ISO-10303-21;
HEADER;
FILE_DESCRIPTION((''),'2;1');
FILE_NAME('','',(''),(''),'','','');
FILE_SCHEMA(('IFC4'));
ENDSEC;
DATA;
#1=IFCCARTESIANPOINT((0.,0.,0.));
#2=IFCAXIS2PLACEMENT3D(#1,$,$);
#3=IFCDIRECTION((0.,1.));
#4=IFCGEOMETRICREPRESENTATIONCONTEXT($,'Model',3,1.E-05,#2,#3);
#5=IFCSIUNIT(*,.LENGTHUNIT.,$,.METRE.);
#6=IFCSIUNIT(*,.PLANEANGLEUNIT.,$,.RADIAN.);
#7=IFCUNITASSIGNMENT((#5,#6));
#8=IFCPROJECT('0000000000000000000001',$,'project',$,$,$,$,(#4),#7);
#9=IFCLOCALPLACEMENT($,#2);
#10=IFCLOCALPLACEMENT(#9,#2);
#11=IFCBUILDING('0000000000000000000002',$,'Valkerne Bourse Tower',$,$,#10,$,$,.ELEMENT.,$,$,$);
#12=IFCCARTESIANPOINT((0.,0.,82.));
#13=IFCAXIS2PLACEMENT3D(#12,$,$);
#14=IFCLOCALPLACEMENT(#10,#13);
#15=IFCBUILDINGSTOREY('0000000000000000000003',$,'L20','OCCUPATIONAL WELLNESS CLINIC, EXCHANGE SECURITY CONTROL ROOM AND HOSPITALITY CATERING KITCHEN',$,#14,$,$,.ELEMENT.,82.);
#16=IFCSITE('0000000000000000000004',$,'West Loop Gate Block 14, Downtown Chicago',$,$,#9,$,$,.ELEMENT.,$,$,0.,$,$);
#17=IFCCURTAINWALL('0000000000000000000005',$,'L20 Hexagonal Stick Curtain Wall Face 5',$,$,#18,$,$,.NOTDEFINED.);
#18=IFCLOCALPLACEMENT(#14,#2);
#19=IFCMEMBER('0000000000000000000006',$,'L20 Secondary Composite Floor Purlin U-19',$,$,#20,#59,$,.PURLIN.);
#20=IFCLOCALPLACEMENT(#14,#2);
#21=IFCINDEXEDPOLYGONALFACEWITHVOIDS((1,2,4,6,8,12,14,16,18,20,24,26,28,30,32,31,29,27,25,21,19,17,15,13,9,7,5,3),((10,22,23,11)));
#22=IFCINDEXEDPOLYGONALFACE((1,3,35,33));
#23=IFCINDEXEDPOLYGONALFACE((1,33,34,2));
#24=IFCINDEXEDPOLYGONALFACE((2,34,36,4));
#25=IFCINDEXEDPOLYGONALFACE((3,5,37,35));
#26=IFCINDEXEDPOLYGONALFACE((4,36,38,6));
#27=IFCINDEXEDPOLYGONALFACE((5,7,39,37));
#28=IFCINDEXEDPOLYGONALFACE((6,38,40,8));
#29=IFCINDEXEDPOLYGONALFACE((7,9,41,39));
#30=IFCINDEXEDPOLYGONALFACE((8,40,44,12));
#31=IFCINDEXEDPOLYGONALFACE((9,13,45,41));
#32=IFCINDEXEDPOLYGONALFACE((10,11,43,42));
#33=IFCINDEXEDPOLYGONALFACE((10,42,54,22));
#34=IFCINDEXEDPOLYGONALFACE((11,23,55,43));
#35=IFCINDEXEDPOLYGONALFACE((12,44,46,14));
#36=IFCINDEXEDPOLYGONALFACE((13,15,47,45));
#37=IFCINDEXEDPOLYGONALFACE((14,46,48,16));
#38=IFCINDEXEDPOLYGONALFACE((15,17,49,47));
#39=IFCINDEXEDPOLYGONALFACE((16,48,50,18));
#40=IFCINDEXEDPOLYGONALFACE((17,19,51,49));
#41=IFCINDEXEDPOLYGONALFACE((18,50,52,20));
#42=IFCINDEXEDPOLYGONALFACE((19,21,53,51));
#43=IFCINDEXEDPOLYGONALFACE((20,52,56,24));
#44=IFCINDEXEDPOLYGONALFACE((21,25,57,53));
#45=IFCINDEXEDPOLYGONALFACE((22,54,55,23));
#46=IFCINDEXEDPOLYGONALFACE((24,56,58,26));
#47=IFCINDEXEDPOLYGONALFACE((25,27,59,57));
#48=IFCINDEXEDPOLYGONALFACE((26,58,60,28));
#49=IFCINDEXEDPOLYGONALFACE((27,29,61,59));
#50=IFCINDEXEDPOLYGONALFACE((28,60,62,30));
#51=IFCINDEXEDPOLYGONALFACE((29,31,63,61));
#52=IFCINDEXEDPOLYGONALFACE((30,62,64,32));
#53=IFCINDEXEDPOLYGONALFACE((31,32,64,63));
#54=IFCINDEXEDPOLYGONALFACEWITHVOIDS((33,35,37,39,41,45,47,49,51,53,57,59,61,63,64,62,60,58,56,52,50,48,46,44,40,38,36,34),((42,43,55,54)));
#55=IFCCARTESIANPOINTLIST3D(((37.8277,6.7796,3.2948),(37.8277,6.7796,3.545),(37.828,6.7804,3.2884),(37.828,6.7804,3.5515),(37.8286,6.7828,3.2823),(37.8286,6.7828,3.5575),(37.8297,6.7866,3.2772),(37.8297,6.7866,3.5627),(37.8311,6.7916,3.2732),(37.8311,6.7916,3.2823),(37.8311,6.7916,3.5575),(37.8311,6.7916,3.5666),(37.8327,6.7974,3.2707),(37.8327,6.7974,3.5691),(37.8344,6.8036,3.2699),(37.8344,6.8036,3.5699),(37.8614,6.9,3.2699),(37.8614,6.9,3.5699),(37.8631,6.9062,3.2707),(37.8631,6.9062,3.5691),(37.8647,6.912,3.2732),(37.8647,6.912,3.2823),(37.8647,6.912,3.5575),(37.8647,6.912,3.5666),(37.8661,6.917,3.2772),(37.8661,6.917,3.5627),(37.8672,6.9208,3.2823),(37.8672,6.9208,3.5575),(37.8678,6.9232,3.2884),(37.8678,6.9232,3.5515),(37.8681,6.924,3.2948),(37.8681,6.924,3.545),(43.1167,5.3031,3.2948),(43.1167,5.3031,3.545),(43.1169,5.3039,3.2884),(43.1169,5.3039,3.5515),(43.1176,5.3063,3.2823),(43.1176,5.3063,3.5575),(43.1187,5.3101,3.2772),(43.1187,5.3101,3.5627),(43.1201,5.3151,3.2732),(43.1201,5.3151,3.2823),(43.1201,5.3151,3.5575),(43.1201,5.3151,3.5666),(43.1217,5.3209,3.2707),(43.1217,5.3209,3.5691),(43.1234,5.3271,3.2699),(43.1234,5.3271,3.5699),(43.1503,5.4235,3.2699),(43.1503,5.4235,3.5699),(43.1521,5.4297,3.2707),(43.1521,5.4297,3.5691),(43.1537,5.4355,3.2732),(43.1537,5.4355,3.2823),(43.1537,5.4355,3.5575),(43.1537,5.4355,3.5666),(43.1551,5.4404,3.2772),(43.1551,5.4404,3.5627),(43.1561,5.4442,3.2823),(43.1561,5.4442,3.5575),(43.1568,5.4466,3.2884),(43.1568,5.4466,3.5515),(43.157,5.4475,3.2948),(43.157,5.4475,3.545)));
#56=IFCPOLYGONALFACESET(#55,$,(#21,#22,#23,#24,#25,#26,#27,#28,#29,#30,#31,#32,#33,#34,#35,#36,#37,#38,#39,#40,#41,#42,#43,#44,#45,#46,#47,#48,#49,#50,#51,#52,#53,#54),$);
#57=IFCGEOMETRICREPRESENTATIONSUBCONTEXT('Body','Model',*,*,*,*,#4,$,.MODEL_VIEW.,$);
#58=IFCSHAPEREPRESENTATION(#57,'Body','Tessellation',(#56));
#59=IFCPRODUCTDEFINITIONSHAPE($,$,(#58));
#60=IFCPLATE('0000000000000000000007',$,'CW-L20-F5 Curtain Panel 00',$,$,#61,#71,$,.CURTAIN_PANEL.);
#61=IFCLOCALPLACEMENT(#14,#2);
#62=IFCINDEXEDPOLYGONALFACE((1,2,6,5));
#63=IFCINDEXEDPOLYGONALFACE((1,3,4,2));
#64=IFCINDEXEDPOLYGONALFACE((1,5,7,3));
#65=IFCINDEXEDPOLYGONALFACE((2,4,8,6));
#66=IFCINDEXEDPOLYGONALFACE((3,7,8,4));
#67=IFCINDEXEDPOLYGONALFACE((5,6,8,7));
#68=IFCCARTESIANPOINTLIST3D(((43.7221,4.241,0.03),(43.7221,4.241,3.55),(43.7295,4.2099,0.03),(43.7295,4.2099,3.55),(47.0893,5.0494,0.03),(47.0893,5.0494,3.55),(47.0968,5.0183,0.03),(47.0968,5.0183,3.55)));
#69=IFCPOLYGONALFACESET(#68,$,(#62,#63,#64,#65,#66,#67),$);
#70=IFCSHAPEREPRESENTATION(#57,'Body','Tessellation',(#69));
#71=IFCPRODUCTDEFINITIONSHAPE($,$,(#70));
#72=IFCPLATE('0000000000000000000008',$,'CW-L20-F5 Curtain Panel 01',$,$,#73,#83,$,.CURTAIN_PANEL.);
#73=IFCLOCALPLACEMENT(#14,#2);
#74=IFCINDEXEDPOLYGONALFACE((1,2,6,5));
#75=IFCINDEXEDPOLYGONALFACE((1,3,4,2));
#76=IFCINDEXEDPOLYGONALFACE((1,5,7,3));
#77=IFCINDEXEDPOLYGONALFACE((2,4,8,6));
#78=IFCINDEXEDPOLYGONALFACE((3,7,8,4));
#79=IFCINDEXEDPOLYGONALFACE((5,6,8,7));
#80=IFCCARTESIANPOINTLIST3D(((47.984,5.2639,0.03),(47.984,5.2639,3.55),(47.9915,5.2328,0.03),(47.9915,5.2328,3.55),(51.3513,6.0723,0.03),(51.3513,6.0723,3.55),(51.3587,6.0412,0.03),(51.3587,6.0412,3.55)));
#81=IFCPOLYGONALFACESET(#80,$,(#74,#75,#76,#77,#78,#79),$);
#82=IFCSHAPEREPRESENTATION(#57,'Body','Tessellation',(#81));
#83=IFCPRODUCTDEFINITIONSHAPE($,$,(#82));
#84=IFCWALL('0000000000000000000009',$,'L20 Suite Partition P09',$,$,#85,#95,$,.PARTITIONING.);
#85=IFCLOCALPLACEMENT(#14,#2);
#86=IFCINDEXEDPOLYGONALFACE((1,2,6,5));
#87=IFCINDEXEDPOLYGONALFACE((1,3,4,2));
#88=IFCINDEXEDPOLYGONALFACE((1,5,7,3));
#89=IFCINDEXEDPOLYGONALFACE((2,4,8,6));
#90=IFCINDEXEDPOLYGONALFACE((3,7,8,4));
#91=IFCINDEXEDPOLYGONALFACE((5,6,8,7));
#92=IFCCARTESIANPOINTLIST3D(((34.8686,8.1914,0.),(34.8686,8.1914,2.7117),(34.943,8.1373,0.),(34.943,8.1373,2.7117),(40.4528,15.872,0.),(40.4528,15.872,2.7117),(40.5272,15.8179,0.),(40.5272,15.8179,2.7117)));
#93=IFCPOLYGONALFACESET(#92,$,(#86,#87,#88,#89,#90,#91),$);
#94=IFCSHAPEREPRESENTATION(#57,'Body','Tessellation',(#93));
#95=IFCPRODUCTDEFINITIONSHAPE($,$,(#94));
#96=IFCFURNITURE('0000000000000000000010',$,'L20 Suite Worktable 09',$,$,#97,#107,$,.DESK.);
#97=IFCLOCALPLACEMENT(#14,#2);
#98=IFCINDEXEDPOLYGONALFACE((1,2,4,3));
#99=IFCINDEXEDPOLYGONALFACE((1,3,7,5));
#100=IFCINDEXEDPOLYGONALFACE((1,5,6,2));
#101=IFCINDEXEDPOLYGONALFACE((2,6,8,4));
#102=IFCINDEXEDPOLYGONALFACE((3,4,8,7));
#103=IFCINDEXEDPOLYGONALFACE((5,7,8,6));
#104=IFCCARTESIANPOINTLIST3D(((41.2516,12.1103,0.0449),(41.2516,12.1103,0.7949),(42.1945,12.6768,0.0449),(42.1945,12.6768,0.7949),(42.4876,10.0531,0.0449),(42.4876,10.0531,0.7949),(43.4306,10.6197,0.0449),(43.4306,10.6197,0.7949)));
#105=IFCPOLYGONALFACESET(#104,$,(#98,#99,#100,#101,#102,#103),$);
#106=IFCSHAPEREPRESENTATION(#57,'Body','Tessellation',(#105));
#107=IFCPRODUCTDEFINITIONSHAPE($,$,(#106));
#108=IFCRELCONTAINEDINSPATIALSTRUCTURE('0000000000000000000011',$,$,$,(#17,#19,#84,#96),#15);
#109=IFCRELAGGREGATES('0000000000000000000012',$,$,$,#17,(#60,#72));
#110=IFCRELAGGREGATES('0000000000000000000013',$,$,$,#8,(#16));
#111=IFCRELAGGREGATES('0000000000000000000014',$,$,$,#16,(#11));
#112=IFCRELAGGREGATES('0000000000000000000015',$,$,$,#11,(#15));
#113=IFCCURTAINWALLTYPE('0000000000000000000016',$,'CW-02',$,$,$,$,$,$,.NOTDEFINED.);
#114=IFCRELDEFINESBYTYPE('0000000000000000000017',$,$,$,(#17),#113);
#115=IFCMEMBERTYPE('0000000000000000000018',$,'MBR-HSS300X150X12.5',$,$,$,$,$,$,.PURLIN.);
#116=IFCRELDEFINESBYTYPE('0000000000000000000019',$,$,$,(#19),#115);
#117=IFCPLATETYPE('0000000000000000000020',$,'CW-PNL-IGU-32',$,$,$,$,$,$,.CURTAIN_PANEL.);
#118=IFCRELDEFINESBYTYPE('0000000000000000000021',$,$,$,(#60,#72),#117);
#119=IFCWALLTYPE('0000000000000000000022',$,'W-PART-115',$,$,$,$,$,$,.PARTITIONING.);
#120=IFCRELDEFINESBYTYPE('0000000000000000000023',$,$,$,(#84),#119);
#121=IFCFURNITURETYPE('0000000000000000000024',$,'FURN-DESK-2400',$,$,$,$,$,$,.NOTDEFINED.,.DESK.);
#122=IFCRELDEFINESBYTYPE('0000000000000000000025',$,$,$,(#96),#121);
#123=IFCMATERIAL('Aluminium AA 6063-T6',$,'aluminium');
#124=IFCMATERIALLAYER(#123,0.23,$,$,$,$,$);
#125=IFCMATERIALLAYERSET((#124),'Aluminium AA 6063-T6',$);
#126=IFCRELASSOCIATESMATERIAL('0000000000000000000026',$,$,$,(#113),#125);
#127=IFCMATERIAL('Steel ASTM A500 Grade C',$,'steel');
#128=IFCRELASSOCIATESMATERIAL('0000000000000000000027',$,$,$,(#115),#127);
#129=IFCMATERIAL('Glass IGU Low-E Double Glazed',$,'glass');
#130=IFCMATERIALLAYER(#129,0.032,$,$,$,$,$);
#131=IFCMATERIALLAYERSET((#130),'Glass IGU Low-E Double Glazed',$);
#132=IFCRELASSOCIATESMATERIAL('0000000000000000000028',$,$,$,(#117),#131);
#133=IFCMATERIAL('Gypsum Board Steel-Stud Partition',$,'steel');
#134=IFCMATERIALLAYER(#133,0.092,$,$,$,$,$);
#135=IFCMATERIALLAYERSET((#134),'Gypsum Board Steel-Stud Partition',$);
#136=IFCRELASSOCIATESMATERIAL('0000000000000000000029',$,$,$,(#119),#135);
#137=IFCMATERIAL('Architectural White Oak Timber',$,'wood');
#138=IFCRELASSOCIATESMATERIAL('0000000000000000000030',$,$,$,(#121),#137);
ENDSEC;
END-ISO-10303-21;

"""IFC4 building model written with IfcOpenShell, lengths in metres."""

from ifc_helpers import new_model, si_unit, direction, frame, frame_2d, origin, origin_2d, place, context, subcontext, project, spatial, rectangle, hollow_rectangle, extrude, material, layer, layer_set, material_profile, profile_set, type_object, element, aggregate, save


model = new_model("IFC4")

# Units and contexts
model_context = context("Model", 3, precision=1e-05, world=origin(), true_north=direction((0.0, 1.0)))
body_context = subcontext(model_context, "Body", "Model", "MODEL_VIEW")
ifc_project = project(units=[si_unit("LENGTHUNIT", "METRE"), si_unit("PLANEANGLEUNIT", "RADIAN")], contexts=[model_context])

# Site, building, storey
site_placement = place(None, origin())
site = spatial("IfcSite", under=ifc_project, at=site_placement, Name="West Loop Gate Block 14, Downtown Chicago", CompositionType="ELEMENT", RefElevation=0.0)
building_placement = place(site_placement, origin())
building = spatial("IfcBuilding", under=site, at=building_placement, Name="Valkerne Bourse Tower", CompositionType="ELEMENT")
storey_placement = place(building_placement, frame((0.0, 0.0, 82.0)))
storey = spatial("IfcBuildingStorey", under=building, at=storey_placement, Name="L20", Description="OCCUPATIONAL WELLNESS CLINIC, EXCHANGE SECURITY CONTROL ROOM AND HOSPITALITY CATERING KITCHEN", CompositionType="ELEMENT", Elevation=82.0)

# Curtain wall
ifc_material_1 = material(Name="Aluminium AA 6063-T6", Category="aluminium")
ifc_layer_1 = layer(ifc_material_1, 0.23)
ifc_layer_set_1 = layer_set([ifc_layer_1], Name="Aluminium AA 6063-T6")
curtain_wall_type = type_object("IfcCurtainWallType", Name="CW-02", PredefinedType="NOTDEFINED", material=ifc_layer_set_1)
curtain_wall_placement = place(storey_placement, origin())
curtain_wall = element("IfcCurtainWall", 1, at=curtain_wall_placement, inside=storey, type_object=curtain_wall_type, Name="L20 Hexagonal Stick Curtain Wall Face 5", PredefinedType="NOTDEFINED")

# Member
ifc_material_2 = material(Name="Steel ASTM A500 Grade C", Category="steel")
ifc_material_profile_1 = material_profile(ifc_material_2, hollow_rectangle(XDim=0.1499, YDim=0.3, WallThickness=0.0125, OuterFilletRadius=0.0249, at=origin_2d()), Name="HSS300X150X12.5")
ifc_profile_set_1 = profile_set([ifc_material_profile_1], Name="Steel ASTM A500 Grade C")
member_type_1 = type_object("IfcMemberType", Name="MBR-HSS300X150X12.5", PredefinedType="PURLIN", material=ifc_profile_set_1)
member_1_placement = place(storey_placement, frame((37.8479, 6.8518, 3.4199), z_axis=(0.963171, -0.268891, 0.0), x_axis=(0.268891, 0.963171, 0.0)))
element("IfcMember", 2, at=member_1_placement, inside=storey, type_object=member_type_1, Name="L20 Secondary Composite Floor Purlin U-19", PredefinedType="PURLIN", context=body_context, shape_type="SweptSolid", body=[
    extrude(hollow_rectangle(XDim=0.1499, YDim=0.3, WallThickness=0.0125, OuterFilletRadius=0.0249, at=origin_2d()), origin(), (0.0, 0.0, 1.0), 5.4912),
])

# Plates
ifc_material_3 = material(Name="Glass IGU Low-E Double Glazed", Category="glass")
ifc_layer_2 = layer(ifc_material_3, 0.032)
ifc_layer_set_2 = layer_set([ifc_layer_2], Name="Glass IGU Low-E Double Glazed")
plate_type = type_object("IfcPlateType", Name="CW-PNL-IGU-32", PredefinedType="CURTAIN_PANEL", material=ifc_layer_set_2)
plate_1_placement = place(storey_placement, frame((45.4094, 4.6296, 0.03), z_axis=(0.0, 0.0, 1.0), x_axis=(0.972375, 0.233426, 0.0)))
plate_1 = element("IfcPlate", 3, at=plate_1_placement, type_object=plate_type, Name="CW-L20-F5 Curtain Panel 00", PredefinedType="CURTAIN_PANEL", context=body_context, shape_type="SweptSolid", body=[
    extrude(rectangle(XDim=3.4629, YDim=0.032, at=origin_2d()), origin(), (0.0, 0.0, 1.0), 3.52),
])
plate_2_placement = place(storey_placement, frame((49.6714, 5.6526, 0.03), z_axis=(0.0, 0.0, 1.0), x_axis=(0.972369, 0.233447, 0.0)))
plate_2 = element("IfcPlate", 4, at=plate_2_placement, type_object=plate_type, Name="CW-L20-F5 Curtain Panel 01", PredefinedType="CURTAIN_PANEL", context=body_context, shape_type="SweptSolid", body=[
    extrude(rectangle(XDim=3.4629, YDim=0.032, at=origin_2d()), origin(), (0.0, 0.0, 1.0), 3.52),
])
aggregate(curtain_wall, [plate_1, plate_2])

# Wall
ifc_material_4 = material(Name="Gypsum Board Steel-Stud Partition", Category="steel")
ifc_layer_3 = layer(ifc_material_4, 0.092)
ifc_layer_set_3 = layer_set([ifc_layer_3], Name="Gypsum Board Steel-Stud Partition")
wall_type = type_object("IfcWallType", Name="W-PART-115", PredefinedType="PARTITIONING", material=ifc_layer_set_3)
wall_placement = place(storey_placement, frame((40.49, 15.845, 0.0), z_axis=(0.0, 0.0, 1.0), x_axis=(-0.588054, -0.808822, 0.0)))
element("IfcWall", 5, at=wall_placement, inside=storey, type_object=wall_type, Name="L20 Suite Partition P09", PredefinedType="PARTITIONING", context=body_context, shape_type="SweptSolid", body=[
    extrude(rectangle(XDim=9.4961, YDim=0.092, at=frame_2d((4.748, 0.0))), origin(), (0.0, 0.0, 1.0), 2.7117),
])

# Furniture
ifc_material_5 = material(Name="Architectural White Oak Timber", Category="wood")
furniture_type = type_object("IfcFurnitureType", Name="FURN-DESK-2400", AssemblyPlace="NOTDEFINED", PredefinedType="DESK", material=ifc_material_5)
furniture_placement = place(storey_placement, frame((42.3411, 11.365, 0.0449), z_axis=(0.0, 0.0, 1.0), x_axis=(-0.515038, 0.857167, 0.0)))
element("IfcFurniture", 6, at=furniture_placement, inside=storey, type_object=furniture_type, Name="L20 Suite Worktable 09", PredefinedType="DESK", context=body_context, shape_type="SweptSolid", body=[
    extrude(rectangle(XDim=2.3999, YDim=1.1001, at=origin_2d()), origin(), (0.0, 0.0, 1.0), 0.75),
])

save(model, "model.ifc")
